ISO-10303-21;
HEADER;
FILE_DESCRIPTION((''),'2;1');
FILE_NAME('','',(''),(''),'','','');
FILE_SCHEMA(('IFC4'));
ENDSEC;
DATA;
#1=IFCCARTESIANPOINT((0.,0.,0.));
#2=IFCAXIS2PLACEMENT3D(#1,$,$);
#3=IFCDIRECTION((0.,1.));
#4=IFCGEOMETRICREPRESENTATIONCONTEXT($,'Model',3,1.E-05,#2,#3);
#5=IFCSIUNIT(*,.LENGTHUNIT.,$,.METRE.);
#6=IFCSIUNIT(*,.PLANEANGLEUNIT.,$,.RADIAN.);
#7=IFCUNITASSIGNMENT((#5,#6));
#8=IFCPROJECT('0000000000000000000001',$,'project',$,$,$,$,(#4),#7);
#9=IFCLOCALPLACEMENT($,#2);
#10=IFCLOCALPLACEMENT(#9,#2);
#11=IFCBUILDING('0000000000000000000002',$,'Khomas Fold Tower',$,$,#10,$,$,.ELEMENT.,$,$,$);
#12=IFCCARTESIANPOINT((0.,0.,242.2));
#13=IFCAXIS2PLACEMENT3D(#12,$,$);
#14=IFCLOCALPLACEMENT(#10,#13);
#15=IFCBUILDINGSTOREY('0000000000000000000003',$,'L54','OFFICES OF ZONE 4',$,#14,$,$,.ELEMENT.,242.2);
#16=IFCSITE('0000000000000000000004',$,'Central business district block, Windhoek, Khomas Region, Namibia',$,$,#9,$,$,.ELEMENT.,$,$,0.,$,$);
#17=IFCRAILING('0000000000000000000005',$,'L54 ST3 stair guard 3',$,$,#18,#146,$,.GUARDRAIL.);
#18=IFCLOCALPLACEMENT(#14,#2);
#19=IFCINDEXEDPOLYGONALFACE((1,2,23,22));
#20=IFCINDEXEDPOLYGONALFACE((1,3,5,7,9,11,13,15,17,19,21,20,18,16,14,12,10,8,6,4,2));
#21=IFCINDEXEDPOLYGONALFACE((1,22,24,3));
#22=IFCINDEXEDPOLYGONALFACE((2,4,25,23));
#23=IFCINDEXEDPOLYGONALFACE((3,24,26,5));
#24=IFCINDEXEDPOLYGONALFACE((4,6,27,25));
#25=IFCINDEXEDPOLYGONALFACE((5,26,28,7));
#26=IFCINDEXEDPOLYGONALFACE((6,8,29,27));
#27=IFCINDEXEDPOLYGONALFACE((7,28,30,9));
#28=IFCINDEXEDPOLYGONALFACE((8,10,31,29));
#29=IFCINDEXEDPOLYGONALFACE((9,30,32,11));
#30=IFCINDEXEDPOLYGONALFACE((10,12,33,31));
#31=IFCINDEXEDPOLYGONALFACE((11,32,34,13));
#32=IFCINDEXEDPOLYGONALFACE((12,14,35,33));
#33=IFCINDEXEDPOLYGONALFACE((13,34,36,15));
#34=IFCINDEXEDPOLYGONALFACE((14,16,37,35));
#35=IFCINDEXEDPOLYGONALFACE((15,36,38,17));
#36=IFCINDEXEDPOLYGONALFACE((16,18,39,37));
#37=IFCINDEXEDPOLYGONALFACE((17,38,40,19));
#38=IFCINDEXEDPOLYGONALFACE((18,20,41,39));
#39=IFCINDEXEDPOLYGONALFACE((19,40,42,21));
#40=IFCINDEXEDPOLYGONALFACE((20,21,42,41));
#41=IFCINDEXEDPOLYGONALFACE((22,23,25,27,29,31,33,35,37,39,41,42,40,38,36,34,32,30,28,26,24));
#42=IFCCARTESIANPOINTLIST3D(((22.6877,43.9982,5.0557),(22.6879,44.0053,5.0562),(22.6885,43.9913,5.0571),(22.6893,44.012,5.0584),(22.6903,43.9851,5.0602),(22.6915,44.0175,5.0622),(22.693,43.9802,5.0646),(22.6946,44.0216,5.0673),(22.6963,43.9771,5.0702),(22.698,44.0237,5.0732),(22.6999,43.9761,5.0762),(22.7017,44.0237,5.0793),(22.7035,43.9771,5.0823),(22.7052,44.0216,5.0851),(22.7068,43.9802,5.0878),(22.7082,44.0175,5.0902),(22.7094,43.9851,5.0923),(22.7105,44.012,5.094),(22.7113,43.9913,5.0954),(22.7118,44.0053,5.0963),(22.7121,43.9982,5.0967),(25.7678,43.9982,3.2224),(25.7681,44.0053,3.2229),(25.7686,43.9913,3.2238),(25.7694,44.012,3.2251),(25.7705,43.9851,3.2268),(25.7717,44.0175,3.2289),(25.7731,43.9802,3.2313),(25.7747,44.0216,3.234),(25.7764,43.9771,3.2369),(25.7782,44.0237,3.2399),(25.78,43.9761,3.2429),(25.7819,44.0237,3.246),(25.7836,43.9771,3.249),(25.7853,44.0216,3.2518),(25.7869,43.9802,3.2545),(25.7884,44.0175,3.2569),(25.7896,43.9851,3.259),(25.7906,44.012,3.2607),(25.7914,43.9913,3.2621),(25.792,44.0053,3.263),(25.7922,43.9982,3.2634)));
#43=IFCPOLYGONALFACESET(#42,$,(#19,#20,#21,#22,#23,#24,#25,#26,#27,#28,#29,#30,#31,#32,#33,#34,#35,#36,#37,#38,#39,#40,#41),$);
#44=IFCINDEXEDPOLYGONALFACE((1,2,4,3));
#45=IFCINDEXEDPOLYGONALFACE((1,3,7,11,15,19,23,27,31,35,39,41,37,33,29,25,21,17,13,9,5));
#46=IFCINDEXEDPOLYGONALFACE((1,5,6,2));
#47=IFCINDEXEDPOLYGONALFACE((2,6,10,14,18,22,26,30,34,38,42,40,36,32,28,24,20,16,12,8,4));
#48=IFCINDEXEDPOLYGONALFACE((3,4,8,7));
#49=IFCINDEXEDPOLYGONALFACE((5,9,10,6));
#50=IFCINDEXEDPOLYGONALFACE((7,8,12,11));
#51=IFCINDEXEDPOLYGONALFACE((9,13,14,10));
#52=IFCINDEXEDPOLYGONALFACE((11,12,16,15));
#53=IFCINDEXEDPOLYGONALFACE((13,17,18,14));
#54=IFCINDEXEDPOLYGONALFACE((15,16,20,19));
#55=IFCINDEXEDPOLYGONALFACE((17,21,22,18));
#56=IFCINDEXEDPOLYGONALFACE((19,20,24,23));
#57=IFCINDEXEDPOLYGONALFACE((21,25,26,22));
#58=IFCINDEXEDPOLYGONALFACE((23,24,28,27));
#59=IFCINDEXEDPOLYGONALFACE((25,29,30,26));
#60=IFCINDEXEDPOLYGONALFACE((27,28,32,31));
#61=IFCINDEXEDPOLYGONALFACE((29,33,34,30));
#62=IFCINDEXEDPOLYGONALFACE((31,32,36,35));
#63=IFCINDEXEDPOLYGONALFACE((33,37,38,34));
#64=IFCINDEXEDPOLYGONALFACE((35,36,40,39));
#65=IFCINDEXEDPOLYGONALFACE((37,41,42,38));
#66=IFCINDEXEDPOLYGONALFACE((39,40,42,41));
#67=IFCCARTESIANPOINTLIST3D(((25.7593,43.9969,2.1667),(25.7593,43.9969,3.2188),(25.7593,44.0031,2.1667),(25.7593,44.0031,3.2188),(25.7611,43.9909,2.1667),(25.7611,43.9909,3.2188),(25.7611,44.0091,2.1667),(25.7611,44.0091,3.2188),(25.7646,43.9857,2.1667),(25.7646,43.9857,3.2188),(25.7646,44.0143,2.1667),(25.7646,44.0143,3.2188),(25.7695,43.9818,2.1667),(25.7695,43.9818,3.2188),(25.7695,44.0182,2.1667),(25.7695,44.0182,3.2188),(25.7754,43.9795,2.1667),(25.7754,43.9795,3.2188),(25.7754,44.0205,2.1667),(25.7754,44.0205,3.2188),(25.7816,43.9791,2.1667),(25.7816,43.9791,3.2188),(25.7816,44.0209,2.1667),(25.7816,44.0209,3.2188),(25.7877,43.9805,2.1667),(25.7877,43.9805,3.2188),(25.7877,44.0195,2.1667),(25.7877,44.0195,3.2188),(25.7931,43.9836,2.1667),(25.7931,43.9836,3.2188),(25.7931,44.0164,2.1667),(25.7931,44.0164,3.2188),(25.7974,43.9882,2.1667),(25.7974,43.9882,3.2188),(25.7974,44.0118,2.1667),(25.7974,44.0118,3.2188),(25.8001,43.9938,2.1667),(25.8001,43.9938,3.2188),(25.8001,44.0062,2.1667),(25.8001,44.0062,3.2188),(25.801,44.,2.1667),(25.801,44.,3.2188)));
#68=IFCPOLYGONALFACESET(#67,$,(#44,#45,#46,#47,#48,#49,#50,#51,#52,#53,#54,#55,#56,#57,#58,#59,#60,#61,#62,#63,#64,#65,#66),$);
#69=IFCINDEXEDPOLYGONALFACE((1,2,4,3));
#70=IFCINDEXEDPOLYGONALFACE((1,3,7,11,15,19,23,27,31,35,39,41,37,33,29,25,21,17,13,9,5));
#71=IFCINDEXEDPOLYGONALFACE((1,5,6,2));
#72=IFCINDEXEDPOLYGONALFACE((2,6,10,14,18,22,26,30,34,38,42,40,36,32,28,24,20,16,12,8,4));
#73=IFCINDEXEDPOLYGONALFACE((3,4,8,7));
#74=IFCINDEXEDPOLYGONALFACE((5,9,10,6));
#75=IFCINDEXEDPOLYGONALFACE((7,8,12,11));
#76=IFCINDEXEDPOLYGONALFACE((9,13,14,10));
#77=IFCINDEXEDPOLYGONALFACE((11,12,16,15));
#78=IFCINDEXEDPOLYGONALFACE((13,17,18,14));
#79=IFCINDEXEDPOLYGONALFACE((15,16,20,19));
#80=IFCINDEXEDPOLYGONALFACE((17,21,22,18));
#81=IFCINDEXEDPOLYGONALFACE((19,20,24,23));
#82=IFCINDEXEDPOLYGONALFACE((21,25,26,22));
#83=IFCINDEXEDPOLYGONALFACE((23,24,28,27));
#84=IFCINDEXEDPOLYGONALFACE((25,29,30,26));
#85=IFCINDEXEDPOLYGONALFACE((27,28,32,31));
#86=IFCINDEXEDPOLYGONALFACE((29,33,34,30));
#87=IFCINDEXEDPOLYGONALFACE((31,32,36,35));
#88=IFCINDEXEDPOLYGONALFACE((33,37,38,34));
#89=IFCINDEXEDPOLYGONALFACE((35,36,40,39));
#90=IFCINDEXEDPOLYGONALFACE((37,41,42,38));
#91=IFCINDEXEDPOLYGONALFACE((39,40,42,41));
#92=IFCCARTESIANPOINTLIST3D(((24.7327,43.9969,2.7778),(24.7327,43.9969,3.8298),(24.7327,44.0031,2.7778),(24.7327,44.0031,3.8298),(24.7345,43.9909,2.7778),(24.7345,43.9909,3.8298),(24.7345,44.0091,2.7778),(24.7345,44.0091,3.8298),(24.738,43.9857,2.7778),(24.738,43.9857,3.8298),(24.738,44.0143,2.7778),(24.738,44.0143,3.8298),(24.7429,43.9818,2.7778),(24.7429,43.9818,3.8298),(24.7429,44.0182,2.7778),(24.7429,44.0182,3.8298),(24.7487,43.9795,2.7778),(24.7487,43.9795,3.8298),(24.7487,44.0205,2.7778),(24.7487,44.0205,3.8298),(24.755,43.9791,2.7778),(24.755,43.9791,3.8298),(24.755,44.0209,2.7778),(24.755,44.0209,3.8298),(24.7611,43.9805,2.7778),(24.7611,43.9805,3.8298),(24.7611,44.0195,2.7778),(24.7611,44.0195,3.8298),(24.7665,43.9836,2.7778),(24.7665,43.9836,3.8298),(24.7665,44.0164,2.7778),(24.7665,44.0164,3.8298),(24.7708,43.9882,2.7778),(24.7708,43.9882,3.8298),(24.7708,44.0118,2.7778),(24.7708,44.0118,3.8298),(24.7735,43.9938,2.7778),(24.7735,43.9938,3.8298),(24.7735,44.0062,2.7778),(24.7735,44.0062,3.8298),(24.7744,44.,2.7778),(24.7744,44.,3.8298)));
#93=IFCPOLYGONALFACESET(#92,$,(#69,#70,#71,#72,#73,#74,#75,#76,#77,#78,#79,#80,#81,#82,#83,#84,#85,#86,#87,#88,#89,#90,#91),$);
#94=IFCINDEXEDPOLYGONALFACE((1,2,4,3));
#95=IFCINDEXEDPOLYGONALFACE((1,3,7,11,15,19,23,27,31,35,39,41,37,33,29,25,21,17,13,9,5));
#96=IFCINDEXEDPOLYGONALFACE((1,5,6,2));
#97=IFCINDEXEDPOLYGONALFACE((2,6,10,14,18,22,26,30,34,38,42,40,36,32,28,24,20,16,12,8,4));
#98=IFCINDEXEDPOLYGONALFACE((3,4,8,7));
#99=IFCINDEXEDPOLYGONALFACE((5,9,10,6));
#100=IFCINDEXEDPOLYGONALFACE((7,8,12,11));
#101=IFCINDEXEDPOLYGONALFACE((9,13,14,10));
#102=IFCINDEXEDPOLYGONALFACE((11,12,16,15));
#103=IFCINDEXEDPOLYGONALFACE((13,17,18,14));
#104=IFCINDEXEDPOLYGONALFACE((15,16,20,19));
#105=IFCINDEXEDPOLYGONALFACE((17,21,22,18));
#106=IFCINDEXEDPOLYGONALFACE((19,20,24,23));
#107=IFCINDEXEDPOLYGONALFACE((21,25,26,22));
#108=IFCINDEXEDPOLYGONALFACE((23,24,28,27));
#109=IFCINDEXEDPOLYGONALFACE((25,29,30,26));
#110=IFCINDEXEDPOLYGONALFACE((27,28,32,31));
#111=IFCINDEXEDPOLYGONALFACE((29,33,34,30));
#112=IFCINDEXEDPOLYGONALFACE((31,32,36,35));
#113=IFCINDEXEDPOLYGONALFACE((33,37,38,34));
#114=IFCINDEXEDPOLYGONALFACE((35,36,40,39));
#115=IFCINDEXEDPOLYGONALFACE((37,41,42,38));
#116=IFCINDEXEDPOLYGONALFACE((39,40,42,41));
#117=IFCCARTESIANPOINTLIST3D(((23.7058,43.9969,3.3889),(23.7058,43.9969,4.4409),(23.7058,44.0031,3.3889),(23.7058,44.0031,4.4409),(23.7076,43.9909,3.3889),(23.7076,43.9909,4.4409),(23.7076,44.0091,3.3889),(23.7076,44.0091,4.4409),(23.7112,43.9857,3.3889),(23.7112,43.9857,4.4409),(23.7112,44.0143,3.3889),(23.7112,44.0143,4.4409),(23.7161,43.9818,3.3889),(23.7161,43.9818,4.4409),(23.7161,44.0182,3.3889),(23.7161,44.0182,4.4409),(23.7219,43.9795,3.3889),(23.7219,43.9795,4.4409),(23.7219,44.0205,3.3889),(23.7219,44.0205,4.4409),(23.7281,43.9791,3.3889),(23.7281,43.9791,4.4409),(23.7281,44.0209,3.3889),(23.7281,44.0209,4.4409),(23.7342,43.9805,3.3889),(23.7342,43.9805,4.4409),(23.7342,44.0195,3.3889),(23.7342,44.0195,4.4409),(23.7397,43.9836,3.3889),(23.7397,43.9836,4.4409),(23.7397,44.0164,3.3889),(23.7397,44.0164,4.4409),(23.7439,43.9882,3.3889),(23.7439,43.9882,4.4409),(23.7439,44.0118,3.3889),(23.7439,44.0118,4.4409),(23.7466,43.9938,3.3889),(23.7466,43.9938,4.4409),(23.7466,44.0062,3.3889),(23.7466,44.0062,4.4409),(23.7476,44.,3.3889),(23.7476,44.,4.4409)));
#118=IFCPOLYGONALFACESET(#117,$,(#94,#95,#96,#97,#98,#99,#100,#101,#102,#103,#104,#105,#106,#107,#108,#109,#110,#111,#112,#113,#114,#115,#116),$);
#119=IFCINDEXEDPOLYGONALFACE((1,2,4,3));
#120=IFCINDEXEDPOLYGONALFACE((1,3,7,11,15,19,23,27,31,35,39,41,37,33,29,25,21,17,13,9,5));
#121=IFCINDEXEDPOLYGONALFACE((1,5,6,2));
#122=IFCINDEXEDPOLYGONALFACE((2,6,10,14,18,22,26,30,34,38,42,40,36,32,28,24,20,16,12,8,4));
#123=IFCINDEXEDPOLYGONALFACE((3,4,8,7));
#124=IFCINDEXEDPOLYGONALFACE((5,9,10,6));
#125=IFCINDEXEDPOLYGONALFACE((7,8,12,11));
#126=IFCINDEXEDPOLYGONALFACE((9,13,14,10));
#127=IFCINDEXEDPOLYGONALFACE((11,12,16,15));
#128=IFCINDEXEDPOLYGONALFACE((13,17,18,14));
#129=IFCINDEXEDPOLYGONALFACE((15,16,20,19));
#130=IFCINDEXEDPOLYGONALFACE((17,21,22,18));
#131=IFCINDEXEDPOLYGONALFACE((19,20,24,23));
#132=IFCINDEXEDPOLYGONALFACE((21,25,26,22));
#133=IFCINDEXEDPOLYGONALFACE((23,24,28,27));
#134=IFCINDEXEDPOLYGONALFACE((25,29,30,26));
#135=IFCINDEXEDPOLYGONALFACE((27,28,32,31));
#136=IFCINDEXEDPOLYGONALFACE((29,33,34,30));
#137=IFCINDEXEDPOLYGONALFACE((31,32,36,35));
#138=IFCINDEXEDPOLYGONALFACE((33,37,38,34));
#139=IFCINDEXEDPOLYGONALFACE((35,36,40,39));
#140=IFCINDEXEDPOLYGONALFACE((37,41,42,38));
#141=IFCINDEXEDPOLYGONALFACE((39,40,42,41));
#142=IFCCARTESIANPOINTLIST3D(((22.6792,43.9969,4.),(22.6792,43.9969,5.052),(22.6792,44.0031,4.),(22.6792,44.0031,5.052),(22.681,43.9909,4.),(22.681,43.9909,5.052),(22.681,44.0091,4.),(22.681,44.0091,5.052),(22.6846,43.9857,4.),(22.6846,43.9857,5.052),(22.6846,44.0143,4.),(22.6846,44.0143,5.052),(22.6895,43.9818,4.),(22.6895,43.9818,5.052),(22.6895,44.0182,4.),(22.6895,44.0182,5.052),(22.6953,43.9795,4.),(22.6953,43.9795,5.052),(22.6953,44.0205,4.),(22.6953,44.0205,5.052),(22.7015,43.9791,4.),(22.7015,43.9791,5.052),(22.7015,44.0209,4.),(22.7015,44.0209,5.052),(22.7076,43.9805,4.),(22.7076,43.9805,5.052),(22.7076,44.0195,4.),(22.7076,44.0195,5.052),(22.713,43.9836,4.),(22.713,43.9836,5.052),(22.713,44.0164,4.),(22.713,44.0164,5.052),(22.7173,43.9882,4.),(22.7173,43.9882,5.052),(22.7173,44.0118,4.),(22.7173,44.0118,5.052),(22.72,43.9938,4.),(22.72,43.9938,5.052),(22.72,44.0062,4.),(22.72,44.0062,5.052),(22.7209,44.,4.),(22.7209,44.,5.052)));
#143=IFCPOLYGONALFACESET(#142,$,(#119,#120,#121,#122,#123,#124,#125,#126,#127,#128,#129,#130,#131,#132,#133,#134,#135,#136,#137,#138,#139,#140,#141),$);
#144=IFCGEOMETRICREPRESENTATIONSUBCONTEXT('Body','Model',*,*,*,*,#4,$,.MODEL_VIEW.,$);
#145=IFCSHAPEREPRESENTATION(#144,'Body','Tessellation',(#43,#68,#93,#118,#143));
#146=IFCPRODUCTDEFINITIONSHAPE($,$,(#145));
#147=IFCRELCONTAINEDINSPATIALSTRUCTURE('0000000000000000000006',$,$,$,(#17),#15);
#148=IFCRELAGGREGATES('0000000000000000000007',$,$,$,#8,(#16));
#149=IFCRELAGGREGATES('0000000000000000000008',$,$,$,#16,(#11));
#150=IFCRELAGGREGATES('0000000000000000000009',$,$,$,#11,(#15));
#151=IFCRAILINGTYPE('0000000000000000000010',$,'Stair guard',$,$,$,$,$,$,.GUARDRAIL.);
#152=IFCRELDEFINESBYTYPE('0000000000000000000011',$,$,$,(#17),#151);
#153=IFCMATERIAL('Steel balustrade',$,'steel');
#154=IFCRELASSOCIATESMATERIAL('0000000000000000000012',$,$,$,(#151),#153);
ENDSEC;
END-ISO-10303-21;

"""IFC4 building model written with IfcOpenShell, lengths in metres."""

from ifc_helpers import new_model, si_unit, direction, frame, origin, origin_2d, place, context, subcontext, project, spatial, circle, extrude, source, transform, mapped, material, type_object, element, save


model = new_model("IFC4")

# Units and contexts
model_context = context("Model", 3, precision=1e-05, world=origin(), true_north=direction((0.0, 1.0)))
body_context = subcontext(model_context, "Body", "Model", "MODEL_VIEW")
ifc_project = project(units=[si_unit("LENGTHUNIT", "METRE"), si_unit("PLANEANGLEUNIT", "RADIAN")], contexts=[model_context])

# Site, building, storey
site_placement = place(None, origin())
site = spatial("IfcSite", under=ifc_project, at=site_placement, Name="Central business district block, Windhoek, Khomas Region, Namibia", CompositionType="ELEMENT", RefElevation=0.0)
building_placement = place(site_placement, origin())
building = spatial("IfcBuilding", under=site, at=building_placement, Name="Khomas Fold Tower", CompositionType="ELEMENT")
storey_placement = place(building_placement, frame((0.0, 0.0, 242.2)))
storey = spatial("IfcBuildingStorey", under=building, at=storey_placement, Name="L54", Description="OFFICES OF ZONE 4", CompositionType="ELEMENT", Elevation=242.2)

# Railing
ifc_material_1 = material(Name="Steel balustrade", Category="steel")
railing_type_1 = type_object("IfcRailingType", Name="Stair guard", PredefinedType="GUARDRAIL", material=ifc_material_1)
shared_shape_1 = source(origin(), body_context, "Body", "SweptSolid", [
    extrude(circle(Radius=0.0239, at=origin_2d()), frame((0.0, 0.0, 1.0762), z_axis=(-0.859309, 0.0, 0.511458), x_axis=(0.0, -1.0, 0.0)), (0.0, 0.0, 1.0), 3.5845),
    extrude(circle(Radius=0.021, at=origin_2d()), origin(), (0.0, 0.0, 1.0), 1.052),
    extrude(circle(Radius=0.021, at=origin_2d()), frame((-1.0266, 0.0, 0.6111)), (0.0, 0.0, 1.0), 1.052),
    extrude(circle(Radius=0.021, at=origin_2d()), frame((-2.0535, 0.0, 1.2222)), (0.0, 0.0, 1.0), 1.052),
    extrude(circle(Radius=0.021, at=origin_2d()), frame((-3.0801, 0.0, 1.8333)), (0.0, 0.0, 1.0), 1.052),
])
railing_1_placement = place(storey_placement, frame((25.78, 44.0, 2.1667)))
element("IfcRailing", 1, at=railing_1_placement, inside=storey, type_object=railing_type_1, Name="L54 ST3 stair guard 3", PredefinedType="GUARDRAIL", context=body_context, shape_type="MappedRepresentation", body=[
    mapped(shared_shape_1, transform((0.0, 0.0, 0.0))),
])

save(model, "model.ifc")
